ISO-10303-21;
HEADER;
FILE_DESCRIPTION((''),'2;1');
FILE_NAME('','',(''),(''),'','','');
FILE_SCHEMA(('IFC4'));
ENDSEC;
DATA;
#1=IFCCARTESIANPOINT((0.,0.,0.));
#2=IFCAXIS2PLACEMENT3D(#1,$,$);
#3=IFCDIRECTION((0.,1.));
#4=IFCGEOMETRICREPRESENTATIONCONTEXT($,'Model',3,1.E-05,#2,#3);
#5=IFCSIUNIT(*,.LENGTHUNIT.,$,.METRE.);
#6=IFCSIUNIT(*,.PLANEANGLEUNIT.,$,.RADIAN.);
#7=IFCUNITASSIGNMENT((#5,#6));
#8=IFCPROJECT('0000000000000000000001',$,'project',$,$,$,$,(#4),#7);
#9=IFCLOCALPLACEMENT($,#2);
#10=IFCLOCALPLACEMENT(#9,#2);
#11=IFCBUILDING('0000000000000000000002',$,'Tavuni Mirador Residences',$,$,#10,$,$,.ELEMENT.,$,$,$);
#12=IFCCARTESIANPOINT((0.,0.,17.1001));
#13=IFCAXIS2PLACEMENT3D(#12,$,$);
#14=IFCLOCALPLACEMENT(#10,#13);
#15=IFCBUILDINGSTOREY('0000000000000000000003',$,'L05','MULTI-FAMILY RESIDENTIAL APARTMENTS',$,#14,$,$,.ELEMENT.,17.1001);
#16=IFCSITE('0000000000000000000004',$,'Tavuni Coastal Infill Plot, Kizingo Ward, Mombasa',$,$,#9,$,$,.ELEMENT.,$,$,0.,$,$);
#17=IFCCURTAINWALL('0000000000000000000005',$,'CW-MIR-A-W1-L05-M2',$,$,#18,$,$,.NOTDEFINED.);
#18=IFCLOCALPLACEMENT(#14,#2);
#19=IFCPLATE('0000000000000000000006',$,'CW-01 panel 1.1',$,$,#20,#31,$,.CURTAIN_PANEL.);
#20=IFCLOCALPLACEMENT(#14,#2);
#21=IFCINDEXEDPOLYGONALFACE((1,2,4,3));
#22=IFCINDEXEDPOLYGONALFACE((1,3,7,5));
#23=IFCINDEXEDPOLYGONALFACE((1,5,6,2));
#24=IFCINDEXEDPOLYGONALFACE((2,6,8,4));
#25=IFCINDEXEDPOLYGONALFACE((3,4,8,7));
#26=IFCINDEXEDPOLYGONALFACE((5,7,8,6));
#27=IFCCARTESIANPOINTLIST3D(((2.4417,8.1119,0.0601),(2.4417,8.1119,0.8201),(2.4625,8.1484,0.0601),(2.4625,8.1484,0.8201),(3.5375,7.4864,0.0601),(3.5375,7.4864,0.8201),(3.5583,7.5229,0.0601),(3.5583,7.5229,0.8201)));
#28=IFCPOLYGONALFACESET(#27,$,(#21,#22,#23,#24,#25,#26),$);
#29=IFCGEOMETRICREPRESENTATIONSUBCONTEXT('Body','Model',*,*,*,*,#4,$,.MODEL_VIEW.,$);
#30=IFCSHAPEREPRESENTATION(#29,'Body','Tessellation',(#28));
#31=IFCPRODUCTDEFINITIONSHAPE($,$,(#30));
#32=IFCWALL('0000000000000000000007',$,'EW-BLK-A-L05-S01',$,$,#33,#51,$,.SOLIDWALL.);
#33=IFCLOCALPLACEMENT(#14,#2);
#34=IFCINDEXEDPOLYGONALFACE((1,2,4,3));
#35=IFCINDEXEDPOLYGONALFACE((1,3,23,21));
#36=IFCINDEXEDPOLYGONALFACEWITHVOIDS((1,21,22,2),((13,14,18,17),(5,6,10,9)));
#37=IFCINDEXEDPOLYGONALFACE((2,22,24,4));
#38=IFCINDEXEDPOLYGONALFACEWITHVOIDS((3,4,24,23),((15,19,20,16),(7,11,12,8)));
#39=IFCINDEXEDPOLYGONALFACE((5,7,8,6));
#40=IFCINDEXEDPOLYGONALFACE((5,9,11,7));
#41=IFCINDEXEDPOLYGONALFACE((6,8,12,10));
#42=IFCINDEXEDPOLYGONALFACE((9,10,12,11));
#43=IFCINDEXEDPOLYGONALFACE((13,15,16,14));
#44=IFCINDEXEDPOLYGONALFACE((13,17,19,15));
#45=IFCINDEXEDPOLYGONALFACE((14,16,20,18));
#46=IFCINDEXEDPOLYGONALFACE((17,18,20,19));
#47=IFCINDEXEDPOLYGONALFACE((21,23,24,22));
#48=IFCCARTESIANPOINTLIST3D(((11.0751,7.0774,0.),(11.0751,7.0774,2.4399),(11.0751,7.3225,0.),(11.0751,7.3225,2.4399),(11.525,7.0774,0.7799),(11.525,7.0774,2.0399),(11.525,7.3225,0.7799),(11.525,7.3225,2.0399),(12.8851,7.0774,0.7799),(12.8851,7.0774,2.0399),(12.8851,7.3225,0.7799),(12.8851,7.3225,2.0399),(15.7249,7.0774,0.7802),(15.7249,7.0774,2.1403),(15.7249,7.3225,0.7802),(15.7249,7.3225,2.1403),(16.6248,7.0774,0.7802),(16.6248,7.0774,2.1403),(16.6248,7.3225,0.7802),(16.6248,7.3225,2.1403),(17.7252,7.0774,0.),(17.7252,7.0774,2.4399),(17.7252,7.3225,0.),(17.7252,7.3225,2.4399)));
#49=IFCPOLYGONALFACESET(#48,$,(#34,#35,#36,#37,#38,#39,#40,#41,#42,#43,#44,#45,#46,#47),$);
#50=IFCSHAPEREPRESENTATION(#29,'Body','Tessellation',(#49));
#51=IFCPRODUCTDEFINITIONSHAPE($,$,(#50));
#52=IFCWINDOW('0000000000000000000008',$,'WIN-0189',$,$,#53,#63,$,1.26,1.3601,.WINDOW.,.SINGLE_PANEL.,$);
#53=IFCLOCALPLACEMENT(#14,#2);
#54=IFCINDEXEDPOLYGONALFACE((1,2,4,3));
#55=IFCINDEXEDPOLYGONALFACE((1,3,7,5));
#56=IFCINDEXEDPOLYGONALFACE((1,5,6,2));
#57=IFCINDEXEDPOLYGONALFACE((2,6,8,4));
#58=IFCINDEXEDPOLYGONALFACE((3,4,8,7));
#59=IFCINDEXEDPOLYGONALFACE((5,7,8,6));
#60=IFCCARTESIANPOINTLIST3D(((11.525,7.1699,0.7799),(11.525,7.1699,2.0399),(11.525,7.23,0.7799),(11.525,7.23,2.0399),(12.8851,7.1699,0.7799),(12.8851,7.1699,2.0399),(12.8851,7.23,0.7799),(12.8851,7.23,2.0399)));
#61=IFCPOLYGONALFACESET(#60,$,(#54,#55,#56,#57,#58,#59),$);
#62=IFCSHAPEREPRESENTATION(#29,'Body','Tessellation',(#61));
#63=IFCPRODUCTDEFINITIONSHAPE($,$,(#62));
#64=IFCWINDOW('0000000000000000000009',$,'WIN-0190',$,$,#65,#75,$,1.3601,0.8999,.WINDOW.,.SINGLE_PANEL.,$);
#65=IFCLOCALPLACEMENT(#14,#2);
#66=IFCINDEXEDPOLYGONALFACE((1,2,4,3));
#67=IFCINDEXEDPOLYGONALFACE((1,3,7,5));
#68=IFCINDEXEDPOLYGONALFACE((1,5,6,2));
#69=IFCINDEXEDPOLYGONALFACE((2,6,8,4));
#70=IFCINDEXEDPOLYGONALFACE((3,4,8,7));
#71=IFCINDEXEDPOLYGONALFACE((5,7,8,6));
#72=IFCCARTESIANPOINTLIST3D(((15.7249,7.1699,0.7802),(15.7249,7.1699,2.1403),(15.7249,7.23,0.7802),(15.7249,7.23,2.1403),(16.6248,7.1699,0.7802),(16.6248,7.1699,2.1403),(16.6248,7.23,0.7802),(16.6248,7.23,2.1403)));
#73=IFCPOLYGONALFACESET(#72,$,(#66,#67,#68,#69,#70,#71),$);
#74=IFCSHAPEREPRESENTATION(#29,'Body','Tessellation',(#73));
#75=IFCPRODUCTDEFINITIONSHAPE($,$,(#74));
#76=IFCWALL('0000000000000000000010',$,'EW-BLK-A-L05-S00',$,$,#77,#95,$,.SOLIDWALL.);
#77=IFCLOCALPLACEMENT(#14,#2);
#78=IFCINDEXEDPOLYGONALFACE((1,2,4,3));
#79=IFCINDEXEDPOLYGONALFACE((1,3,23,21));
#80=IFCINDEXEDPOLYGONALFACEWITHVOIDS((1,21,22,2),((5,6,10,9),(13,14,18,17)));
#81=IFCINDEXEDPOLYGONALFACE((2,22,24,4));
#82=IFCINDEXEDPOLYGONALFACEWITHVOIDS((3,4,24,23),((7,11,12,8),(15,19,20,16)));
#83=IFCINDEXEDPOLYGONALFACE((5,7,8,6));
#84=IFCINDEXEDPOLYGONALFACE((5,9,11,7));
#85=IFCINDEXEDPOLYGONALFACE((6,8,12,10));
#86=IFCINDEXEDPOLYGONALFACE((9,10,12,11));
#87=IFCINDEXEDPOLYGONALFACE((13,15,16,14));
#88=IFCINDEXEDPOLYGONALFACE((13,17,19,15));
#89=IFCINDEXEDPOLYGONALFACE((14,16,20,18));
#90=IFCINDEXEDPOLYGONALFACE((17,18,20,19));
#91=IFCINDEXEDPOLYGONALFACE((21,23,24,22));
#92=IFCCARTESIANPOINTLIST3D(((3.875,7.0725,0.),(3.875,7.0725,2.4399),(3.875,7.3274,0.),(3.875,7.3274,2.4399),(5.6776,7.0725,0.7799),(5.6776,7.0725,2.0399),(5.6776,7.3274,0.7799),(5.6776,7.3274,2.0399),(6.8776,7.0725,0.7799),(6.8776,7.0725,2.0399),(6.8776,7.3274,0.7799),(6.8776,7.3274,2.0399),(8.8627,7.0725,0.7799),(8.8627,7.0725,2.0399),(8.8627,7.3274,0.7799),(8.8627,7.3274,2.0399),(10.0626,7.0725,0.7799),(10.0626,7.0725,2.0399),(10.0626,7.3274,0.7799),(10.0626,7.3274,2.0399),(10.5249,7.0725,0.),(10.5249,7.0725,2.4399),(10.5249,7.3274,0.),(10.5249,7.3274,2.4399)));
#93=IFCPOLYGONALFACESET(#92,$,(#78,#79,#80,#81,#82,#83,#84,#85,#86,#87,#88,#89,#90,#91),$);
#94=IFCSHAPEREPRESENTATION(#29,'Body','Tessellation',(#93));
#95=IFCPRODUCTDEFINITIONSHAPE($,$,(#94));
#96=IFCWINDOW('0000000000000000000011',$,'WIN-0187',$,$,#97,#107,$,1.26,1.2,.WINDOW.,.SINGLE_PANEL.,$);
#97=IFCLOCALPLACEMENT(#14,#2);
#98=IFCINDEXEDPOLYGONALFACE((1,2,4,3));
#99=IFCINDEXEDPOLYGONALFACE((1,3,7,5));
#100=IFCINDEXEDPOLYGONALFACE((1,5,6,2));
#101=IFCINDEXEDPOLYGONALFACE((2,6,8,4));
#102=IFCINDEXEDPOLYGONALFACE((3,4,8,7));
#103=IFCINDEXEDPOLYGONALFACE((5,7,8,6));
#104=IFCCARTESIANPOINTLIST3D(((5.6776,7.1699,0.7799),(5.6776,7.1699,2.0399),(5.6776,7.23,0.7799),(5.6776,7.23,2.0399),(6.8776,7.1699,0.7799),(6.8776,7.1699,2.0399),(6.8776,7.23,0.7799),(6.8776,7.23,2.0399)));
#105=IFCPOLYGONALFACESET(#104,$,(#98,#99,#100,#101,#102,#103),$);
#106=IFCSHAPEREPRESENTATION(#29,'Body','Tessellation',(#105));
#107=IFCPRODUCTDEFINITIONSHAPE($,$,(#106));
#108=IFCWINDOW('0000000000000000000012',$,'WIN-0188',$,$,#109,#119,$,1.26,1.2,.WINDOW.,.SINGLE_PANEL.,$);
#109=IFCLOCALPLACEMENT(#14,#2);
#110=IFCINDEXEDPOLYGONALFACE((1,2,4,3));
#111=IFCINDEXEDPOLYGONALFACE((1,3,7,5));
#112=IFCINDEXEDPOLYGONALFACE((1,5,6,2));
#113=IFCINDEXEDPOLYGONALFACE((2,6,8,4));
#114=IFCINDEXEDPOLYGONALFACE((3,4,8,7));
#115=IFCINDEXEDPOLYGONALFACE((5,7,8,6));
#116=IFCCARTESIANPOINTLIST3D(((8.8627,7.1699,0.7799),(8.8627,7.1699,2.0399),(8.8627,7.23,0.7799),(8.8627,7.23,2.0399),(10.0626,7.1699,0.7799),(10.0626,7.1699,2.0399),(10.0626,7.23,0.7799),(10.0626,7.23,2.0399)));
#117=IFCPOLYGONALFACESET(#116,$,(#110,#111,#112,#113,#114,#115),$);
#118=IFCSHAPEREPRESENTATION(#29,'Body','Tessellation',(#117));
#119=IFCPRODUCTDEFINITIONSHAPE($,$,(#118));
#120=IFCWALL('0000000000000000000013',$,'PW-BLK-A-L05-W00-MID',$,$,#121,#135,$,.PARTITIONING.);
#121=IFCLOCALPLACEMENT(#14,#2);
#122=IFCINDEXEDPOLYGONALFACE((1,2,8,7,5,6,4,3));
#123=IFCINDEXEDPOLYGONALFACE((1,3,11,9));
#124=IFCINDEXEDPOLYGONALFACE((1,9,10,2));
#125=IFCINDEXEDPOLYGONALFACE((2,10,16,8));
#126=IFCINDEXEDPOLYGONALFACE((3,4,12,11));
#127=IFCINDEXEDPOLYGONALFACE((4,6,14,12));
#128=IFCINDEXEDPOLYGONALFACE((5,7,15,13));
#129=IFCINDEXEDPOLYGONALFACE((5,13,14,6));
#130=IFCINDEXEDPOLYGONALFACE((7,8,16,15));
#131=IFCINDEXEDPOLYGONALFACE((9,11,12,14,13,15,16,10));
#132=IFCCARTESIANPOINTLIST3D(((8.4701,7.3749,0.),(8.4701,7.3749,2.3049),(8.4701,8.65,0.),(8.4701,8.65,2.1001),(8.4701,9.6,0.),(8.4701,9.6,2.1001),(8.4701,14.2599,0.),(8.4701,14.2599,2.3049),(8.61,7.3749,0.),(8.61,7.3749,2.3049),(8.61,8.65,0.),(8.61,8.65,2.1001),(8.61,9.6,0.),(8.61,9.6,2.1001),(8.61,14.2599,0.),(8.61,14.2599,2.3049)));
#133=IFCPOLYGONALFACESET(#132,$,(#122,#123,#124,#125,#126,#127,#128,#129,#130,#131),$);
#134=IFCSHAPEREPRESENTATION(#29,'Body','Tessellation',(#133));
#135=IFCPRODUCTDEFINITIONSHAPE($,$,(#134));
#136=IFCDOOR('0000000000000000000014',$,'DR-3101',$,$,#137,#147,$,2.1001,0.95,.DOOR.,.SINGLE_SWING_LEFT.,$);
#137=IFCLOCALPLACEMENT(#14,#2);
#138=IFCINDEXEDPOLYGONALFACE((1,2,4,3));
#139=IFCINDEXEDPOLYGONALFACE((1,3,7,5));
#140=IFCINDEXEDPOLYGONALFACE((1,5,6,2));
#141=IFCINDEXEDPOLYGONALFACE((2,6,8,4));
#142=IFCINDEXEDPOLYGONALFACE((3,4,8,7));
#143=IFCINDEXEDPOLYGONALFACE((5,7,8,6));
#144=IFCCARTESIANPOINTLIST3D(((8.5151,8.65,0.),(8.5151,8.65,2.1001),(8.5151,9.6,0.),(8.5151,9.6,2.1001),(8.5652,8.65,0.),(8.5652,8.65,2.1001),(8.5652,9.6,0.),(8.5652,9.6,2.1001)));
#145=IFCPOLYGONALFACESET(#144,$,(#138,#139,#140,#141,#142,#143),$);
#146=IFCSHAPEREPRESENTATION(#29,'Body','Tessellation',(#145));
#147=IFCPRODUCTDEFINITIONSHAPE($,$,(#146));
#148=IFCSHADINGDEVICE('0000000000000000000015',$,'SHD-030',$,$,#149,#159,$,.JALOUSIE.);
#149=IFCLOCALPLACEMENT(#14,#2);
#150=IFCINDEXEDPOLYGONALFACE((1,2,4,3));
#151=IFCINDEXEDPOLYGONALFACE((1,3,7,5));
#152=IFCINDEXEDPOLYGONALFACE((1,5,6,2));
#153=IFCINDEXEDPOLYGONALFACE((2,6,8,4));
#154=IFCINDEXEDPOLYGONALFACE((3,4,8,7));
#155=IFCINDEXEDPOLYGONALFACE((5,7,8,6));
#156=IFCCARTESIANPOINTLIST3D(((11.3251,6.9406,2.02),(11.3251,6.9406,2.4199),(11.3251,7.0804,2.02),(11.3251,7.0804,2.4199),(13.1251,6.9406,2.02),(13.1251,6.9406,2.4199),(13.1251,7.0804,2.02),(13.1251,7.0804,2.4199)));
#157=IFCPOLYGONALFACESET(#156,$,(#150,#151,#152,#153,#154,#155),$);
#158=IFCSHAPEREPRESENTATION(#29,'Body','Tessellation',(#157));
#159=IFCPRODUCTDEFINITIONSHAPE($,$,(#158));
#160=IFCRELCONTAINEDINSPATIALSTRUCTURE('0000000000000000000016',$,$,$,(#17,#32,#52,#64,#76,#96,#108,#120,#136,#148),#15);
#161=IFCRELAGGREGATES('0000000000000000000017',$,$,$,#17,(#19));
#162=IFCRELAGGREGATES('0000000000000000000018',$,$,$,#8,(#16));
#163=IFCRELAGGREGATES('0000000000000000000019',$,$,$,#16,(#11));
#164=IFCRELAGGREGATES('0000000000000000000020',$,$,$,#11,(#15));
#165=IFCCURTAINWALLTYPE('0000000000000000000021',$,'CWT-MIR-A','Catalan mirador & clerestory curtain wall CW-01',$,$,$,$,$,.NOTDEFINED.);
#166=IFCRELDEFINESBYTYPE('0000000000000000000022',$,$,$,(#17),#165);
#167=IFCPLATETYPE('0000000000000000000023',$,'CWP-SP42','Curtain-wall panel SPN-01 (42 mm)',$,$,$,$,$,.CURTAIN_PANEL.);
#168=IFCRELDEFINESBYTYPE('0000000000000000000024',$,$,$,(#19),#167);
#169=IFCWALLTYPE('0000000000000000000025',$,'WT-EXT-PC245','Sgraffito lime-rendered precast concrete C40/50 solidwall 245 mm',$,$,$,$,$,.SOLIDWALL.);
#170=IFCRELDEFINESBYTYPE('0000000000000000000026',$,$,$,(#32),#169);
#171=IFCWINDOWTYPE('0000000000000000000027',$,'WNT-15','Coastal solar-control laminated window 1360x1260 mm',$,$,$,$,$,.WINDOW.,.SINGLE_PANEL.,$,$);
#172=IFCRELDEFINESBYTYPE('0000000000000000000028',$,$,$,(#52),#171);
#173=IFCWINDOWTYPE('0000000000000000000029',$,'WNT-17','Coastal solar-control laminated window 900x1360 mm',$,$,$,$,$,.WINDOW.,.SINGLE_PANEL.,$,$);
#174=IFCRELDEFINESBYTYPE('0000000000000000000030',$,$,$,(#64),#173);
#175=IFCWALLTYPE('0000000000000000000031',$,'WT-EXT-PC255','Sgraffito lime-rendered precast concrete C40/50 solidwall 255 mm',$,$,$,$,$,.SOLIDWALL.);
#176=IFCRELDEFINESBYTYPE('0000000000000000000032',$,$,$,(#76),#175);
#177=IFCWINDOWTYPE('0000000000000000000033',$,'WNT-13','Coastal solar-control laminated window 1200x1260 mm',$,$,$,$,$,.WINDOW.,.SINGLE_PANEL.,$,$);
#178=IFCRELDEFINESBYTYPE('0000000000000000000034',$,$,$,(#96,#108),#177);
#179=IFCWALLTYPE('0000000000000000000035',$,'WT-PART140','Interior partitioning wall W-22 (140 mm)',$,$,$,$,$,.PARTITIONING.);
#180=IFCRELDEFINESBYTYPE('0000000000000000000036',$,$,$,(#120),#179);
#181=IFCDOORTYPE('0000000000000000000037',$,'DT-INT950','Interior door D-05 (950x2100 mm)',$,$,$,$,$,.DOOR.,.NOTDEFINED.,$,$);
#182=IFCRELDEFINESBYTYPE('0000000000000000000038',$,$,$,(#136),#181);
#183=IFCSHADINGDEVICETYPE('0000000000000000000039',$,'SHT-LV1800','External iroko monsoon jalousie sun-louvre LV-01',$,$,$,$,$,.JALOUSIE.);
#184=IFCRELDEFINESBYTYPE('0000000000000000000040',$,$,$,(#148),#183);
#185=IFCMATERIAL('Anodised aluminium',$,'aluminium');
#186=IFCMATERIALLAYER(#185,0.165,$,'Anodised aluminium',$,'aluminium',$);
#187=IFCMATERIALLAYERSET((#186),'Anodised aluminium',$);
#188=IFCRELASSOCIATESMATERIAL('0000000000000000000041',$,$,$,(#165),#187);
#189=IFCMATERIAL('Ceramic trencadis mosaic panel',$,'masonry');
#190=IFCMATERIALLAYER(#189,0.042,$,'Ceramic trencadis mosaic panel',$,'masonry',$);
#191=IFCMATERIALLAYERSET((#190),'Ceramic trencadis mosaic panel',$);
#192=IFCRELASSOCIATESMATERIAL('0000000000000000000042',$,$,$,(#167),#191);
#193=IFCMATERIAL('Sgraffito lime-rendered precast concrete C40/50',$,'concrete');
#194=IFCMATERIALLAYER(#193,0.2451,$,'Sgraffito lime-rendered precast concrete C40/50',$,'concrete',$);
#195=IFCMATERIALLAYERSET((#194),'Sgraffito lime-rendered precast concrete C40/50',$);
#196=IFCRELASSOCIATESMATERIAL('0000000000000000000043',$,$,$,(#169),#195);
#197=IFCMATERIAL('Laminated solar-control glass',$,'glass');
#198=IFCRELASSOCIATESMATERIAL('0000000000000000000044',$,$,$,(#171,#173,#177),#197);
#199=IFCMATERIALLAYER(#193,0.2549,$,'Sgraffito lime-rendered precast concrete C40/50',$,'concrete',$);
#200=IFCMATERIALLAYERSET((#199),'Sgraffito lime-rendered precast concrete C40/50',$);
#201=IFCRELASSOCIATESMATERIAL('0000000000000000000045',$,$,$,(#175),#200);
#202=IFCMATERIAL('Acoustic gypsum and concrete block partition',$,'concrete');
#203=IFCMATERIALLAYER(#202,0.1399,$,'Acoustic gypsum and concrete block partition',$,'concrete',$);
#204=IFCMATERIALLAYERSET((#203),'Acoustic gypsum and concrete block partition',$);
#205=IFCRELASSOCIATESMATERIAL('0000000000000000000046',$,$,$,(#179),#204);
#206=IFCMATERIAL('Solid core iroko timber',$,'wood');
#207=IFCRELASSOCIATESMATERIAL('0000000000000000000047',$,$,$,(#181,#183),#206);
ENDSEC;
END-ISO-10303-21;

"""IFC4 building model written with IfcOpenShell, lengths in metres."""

from ifc_helpers import new_model, si_unit, direction, frame, frame_2d, origin, origin_2d, place, context, subcontext, project, spatial, rectangle, extrude, material, layer, layer_set, type_object, element, fill, aggregate, save


model = new_model("IFC4")

# Units and contexts
model_context = context("Model", 3, precision=1e-05, world=origin(), true_north=direction((0.0, 1.0)))
body_context = subcontext(model_context, "Body", "Model", "MODEL_VIEW")
ifc_project = project(units=[si_unit("LENGTHUNIT", "METRE"), si_unit("PLANEANGLEUNIT", "RADIAN")], contexts=[model_context])

# Site, building, storey
site_placement = place(None, origin())
site = spatial("IfcSite", under=ifc_project, at=site_placement, Name="Tavuni Coastal Infill Plot, Kizingo Ward, Mombasa", CompositionType="ELEMENT", RefElevation=0.0)
building_placement = place(site_placement, origin())
building = spatial("IfcBuilding", under=site, at=building_placement, Name="Tavuni Mirador Residences", CompositionType="ELEMENT")
storey_placement = place(building_placement, frame((0.0, 0.0, 17.1001)))
storey = spatial("IfcBuildingStorey", under=building, at=storey_placement, Name="L05", Description="MULTI-FAMILY RESIDENTIAL APARTMENTS", CompositionType="ELEMENT", Elevation=17.1001)

# Curtain wall
ifc_material_1 = material(Name="Anodised aluminium", Category="aluminium")
ifc_layer_1 = layer(ifc_material_1, 0.165, Name="Anodised aluminium", Category="aluminium")
ifc_layer_set_1 = layer_set([ifc_layer_1], Name="Anodised aluminium")
curtain_wall_type = type_object("IfcCurtainWallType", Name="CWT-MIR-A", Description="Catalan mirador & clerestory curtain wall CW-01", PredefinedType="NOTDEFINED", material=ifc_layer_set_1)
curtain_wall_placement = place(storey_placement, origin())
curtain_wall = element("IfcCurtainWall", 1, at=curtain_wall_placement, inside=storey, type_object=curtain_wall_type, Name="CW-MIR-A-W1-L05-M2", PredefinedType="NOTDEFINED")

# Plate
ifc_material_2 = material(Name="Laminated solar-control glass", Category="glass")
ifc_material_3 = material(Name="Ceramic trencadis mosaic panel", Category="masonry")
ifc_layer_2 = layer(ifc_material_3, 0.042, Name="Ceramic trencadis mosaic panel", Category="masonry")
ifc_layer_set_2 = layer_set([ifc_layer_2], Name="Ceramic trencadis mosaic panel")
plate_type_1 = type_object("IfcPlateType", Name="CWP-SP42", Description="Curtain-wall panel SPN-01 (42 mm)", PredefinedType="CURTAIN_PANEL", material=ifc_layer_set_2)
plate_1_placement = place(storey_placement, frame((3.0, 7.8174, 0.0601), z_axis=(0.0, 0.0, 1.0), x_axis=(0.868466, -0.495749, 0.0)))
plate_1 = element("IfcPlate", 2, at=plate_1_placement, type_object=plate_type_1, Name="CW-01 panel 1.1", PredefinedType="CURTAIN_PANEL", context=body_context, shape_type="SweptSolid", body=[
    extrude(rectangle(XDim=1.2617, YDim=0.042, at=origin_2d()), origin(), (0.0, 0.0, 1.0), 0.76),
])
aggregate(curtain_wall, [plate_1])

# Shared definitions
ifc_material_4 = material(Name="Solid core iroko timber", Category="wood")

# Walls, openings, windows
ifc_material_5 = material(Name="Sgraffito lime-rendered precast concrete C40/50", Category="concrete")
ifc_layer_3 = layer(ifc_material_5, 0.2451, Name="Sgraffito lime-rendered precast concrete C40/50", Category="concrete")
ifc_layer_set_3 = layer_set([ifc_layer_3], Name="Sgraffito lime-rendered precast concrete C40/50")
wall_type_1 = type_object("IfcWallType", Name="WT-EXT-PC245", Description="Sgraffito lime-rendered precast concrete C40/50 solidwall 245 mm", PredefinedType="SOLIDWALL", material=ifc_layer_set_3)
wall_1_placement = place(storey_placement, frame((11.075, 7.2, 0.0), z_axis=(0.0, 0.0, 1.0), x_axis=(1.0, 0.0, 0.0)))
wall_1 = element("IfcWall", 3, at=wall_1_placement, inside=storey, type_object=wall_type_1, Name="EW-BLK-A-L05-S01", PredefinedType="SOLIDWALL", context=body_context, shape_type="SweptSolid", body=[
    extrude(rectangle(XDim=6.6501, YDim=0.2451, at=frame_2d((3.3252, 0.0))), origin(), (0.0, 0.0, 1.0), 2.4399),
])
opening_1_placement = place(wall_1_placement, frame((0.45, 0.0, 0.78)))
opening_1 = element("IfcOpeningElement", 4, at=opening_1_placement, cuts=wall_1, PredefinedType="OPENING", context=body_context, shape_type="SweptSolid", body=[
    extrude(rectangle(XDim=1.3601, YDim=1.26, at=frame_2d((0.6802, 0.6299))), frame((0.0, 0.1326, 0.0), z_axis=(0.0, -1.0, 0.0), x_axis=(1.0, 0.0, 0.0)), (0.0, 0.0, 1.0), 0.2651),
])
opening_2_placement = place(wall_1_placement, frame((4.6499, 0.0, 0.78)))
opening_2 = element("IfcOpeningElement", 5, at=opening_2_placement, cuts=wall_1, PredefinedType="OPENING", context=body_context, shape_type="SweptSolid", body=[
    extrude(rectangle(XDim=0.8999, YDim=1.3601, at=frame_2d((0.45, 0.6802))), frame((0.0, 0.1326, 0.0), z_axis=(0.0, -1.0, 0.0), x_axis=(1.0, 0.0, 0.0)), (0.0, 0.0, 1.0), 0.2651),
])
window_type_1 = type_object("IfcWindowType", Name="WNT-15", Description="Coastal solar-control laminated window 1360x1260 mm", PartitioningType="SINGLE_PANEL", PredefinedType="WINDOW", material=ifc_material_2)
window_1_placement = place(opening_1_placement, origin())
window_1 = element("IfcWindow", 6, at=window_1_placement, inside=storey, type_object=window_type_1, Name="WIN-0189", OverallHeight=1.26, OverallWidth=1.3601, PartitioningType="SINGLE_PANEL", PredefinedType="WINDOW", context=body_context, shape_type="SweptSolid", body=[
    extrude(rectangle(XDim=1.3601, YDim=1.26, at=frame_2d((0.6802, 0.6299))), frame((0.0, 0.03, 0.0), z_axis=(0.0, -1.0, 0.0), x_axis=(1.0, 0.0, 0.0)), (0.0, 0.0, 1.0), 0.0601),
])
fill(opening_1, window_1)
window_type_2 = type_object("IfcWindowType", Name="WNT-17", Description="Coastal solar-control laminated window 900x1360 mm", PartitioningType="SINGLE_PANEL", PredefinedType="WINDOW", material=ifc_material_2)
window_2_placement = place(opening_2_placement, origin())
window_2 = element("IfcWindow", 7, at=window_2_placement, inside=storey, type_object=window_type_2, Name="WIN-0190", OverallHeight=1.3601, OverallWidth=0.8999, PartitioningType="SINGLE_PANEL", PredefinedType="WINDOW", context=body_context, shape_type="SweptSolid", body=[
    extrude(rectangle(XDim=0.8999, YDim=1.3601, at=frame_2d((0.45, 0.6802))), frame((0.0, 0.03, 0.0), z_axis=(0.0, -1.0, 0.0), x_axis=(1.0, 0.0, 0.0)), (0.0, 0.0, 1.0), 0.0601),
])
fill(opening_2, window_2)
ifc_layer_4 = layer(ifc_material_5, 0.2549, Name="Sgraffito lime-rendered precast concrete C40/50", Category="concrete")
ifc_layer_set_4 = layer_set([ifc_layer_4], Name="Sgraffito lime-rendered precast concrete C40/50")
wall_type_2 = type_object("IfcWallType", Name="WT-EXT-PC255", Description="Sgraffito lime-rendered precast concrete C40/50 solidwall 255 mm", PredefinedType="SOLIDWALL", material=ifc_layer_set_4)
wall_2_placement = place(storey_placement, frame((3.875, 7.2, 0.0), z_axis=(0.0, 0.0, 1.0), x_axis=(1.0, 0.0, 0.0)))
wall_2 = element("IfcWall", 8, at=wall_2_placement, inside=storey, type_object=wall_type_2, Name="EW-BLK-A-L05-S00", PredefinedType="SOLIDWALL", context=body_context, shape_type="SweptSolid", body=[
    extrude(rectangle(XDim=6.6499, YDim=0.2549, at=frame_2d((3.325, 0.0))), origin(), (0.0, 0.0, 1.0), 2.4399),
])
opening_3_placement = place(wall_2_placement, frame((1.8025, 0.0, 0.78)))
opening_3 = element("IfcOpeningElement", 9, at=opening_3_placement, cuts=wall_2, PredefinedType="OPENING", context=body_context, shape_type="SweptSolid", body=[
    extrude(rectangle(XDim=1.2, YDim=1.26, at=frame_2d((0.6001, 0.6299))), frame((0.0, 0.1375, 0.0), z_axis=(0.0, -1.0, 0.0), x_axis=(1.0, 0.0, 0.0)), (0.0, 0.0, 1.0), 0.2749),
])
opening_4_placement = place(wall_2_placement, frame((4.9875, 0.0, 0.78)))
opening_4 = element("IfcOpeningElement", 10, at=opening_4_placement, cuts=wall_2, PredefinedType="OPENING", context=body_context, shape_type="SweptSolid", body=[
    extrude(rectangle(XDim=1.2, YDim=1.26, at=frame_2d((0.6001, 0.6299))), frame((0.0, 0.1375, 0.0), z_axis=(0.0, -1.0, 0.0), x_axis=(1.0, 0.0, 0.0)), (0.0, 0.0, 1.0), 0.2749),
])
window_type_3 = type_object("IfcWindowType", Name="WNT-13", Description="Coastal solar-control laminated window 1200x1260 mm", PartitioningType="SINGLE_PANEL", PredefinedType="WINDOW", material=ifc_material_2)
window_3_placement = place(opening_3_placement, origin())
window_3 = element("IfcWindow", 11, at=window_3_placement, inside=storey, type_object=window_type_3, Name="WIN-0187", OverallHeight=1.26, OverallWidth=1.2, PartitioningType="SINGLE_PANEL", PredefinedType="WINDOW", context=body_context, shape_type="SweptSolid", body=[
    extrude(rectangle(XDim=1.2, YDim=1.26, at=frame_2d((0.6001, 0.6299))), frame((0.0, 0.03, 0.0), z_axis=(0.0, -1.0, 0.0), x_axis=(1.0, 0.0, 0.0)), (0.0, 0.0, 1.0), 0.0601),
])
fill(opening_3, window_3)
window_4_placement = place(opening_4_placement, origin())
window_4 = element("IfcWindow", 12, at=window_4_placement, inside=storey, type_object=window_type_3, Name="WIN-0188", OverallHeight=1.26, OverallWidth=1.2, PartitioningType="SINGLE_PANEL", PredefinedType="WINDOW", context=body_context, shape_type="SweptSolid", body=[
    extrude(rectangle(XDim=1.2, YDim=1.26, at=frame_2d((0.6001, 0.6299))), frame((0.0, 0.03, 0.0), z_axis=(0.0, -1.0, 0.0), x_axis=(1.0, 0.0, 0.0)), (0.0, 0.0, 1.0), 0.0601),
])
fill(opening_4, window_4)

# Wall, opening, door
ifc_material_6 = material(Name="Acoustic gypsum and concrete block partition", Category="concrete")
ifc_layer_5 = layer(ifc_material_6, 0.1399, Name="Acoustic gypsum and concrete block partition", Category="concrete")
ifc_layer_set_5 = layer_set([ifc_layer_5], Name="Acoustic gypsum and concrete block partition")
wall_type_3 = type_object("IfcWallType", Name="WT-PART140", Description="Interior partitioning wall W-22 (140 mm)", PredefinedType="PARTITIONING", material=ifc_layer_set_5)
wall_3_placement = place(storey_placement, frame((8.54, 7.375, 0.0), z_axis=(0.0, 0.0, 1.0), x_axis=(0.0, 1.0, 0.0)))
wall_3 = element("IfcWall", 13, at=wall_3_placement, inside=storey, type_object=wall_type_3, Name="PW-BLK-A-L05-W00-MID", PredefinedType="PARTITIONING", context=body_context, shape_type="SweptSolid", body=[
    extrude(rectangle(XDim=6.885, YDim=0.1399, at=frame_2d((3.4424, 0.0))), origin(), (0.0, 0.0, 1.0), 2.3049),
])
opening_5_placement = place(wall_3_placement, frame((1.2749, 0.0, 0.0)))
opening_5 = element("IfcOpeningElement", 14, at=opening_5_placement, cuts=wall_3, PredefinedType="OPENING", context=body_context, shape_type="SweptSolid", body=[
    extrude(rectangle(XDim=0.95, YDim=2.1001, at=frame_2d((0.4751, 1.05))), frame((0.0, 0.0801, 0.0), z_axis=(0.0, -1.0, 0.0), x_axis=(1.0, 0.0, 0.0)), (0.0, 0.0, 1.0), 0.1599),
])
door_type_1 = type_object("IfcDoorType", Name="DT-INT950", Description="Interior door D-05 (950x2100 mm)", OperationType="NOTDEFINED", PredefinedType="DOOR", material=ifc_material_4)
door_1_placement = place(opening_5_placement, origin())
door_1 = element("IfcDoor", 15, at=door_1_placement, inside=storey, type_object=door_type_1, Name="DR-3101", OperationType="SINGLE_SWING_LEFT", OverallHeight=2.1001, OverallWidth=0.95, PredefinedType="DOOR", context=body_context, shape_type="SweptSolid", body=[
    extrude(rectangle(XDim=0.95, YDim=2.1001, at=frame_2d((0.4751, 1.05))), frame((0.0, 0.0249, 0.0), z_axis=(0.0, -1.0, 0.0), x_axis=(1.0, 0.0, 0.0)), (0.0, 0.0, 1.0), 0.05),
])
fill(opening_5, door_1)

# Shading device
shading_device_type_1 = type_object("IfcShadingDeviceType", Name="SHT-LV1800", Description="External iroko monsoon jalousie sun-louvre LV-01", PredefinedType="JALOUSIE", material=ifc_material_4)
shading_device_1_placement = place(storey_placement, frame((12.2251, 7.0105, 2.02), z_axis=(0.0, 0.0, 1.0), x_axis=(1.0, 0.0, 0.0)))
element("IfcShadingDevice", 16, at=shading_device_1_placement, inside=storey, type_object=shading_device_type_1, Name="SHD-030", PredefinedType="JALOUSIE", context=body_context, shape_type="SweptSolid", body=[
    extrude(rectangle(XDim=1.8, YDim=0.1399, at=origin_2d()), origin(), (0.0, 0.0, 1.0), 0.3999),
])

save(model, "model.ifc")
